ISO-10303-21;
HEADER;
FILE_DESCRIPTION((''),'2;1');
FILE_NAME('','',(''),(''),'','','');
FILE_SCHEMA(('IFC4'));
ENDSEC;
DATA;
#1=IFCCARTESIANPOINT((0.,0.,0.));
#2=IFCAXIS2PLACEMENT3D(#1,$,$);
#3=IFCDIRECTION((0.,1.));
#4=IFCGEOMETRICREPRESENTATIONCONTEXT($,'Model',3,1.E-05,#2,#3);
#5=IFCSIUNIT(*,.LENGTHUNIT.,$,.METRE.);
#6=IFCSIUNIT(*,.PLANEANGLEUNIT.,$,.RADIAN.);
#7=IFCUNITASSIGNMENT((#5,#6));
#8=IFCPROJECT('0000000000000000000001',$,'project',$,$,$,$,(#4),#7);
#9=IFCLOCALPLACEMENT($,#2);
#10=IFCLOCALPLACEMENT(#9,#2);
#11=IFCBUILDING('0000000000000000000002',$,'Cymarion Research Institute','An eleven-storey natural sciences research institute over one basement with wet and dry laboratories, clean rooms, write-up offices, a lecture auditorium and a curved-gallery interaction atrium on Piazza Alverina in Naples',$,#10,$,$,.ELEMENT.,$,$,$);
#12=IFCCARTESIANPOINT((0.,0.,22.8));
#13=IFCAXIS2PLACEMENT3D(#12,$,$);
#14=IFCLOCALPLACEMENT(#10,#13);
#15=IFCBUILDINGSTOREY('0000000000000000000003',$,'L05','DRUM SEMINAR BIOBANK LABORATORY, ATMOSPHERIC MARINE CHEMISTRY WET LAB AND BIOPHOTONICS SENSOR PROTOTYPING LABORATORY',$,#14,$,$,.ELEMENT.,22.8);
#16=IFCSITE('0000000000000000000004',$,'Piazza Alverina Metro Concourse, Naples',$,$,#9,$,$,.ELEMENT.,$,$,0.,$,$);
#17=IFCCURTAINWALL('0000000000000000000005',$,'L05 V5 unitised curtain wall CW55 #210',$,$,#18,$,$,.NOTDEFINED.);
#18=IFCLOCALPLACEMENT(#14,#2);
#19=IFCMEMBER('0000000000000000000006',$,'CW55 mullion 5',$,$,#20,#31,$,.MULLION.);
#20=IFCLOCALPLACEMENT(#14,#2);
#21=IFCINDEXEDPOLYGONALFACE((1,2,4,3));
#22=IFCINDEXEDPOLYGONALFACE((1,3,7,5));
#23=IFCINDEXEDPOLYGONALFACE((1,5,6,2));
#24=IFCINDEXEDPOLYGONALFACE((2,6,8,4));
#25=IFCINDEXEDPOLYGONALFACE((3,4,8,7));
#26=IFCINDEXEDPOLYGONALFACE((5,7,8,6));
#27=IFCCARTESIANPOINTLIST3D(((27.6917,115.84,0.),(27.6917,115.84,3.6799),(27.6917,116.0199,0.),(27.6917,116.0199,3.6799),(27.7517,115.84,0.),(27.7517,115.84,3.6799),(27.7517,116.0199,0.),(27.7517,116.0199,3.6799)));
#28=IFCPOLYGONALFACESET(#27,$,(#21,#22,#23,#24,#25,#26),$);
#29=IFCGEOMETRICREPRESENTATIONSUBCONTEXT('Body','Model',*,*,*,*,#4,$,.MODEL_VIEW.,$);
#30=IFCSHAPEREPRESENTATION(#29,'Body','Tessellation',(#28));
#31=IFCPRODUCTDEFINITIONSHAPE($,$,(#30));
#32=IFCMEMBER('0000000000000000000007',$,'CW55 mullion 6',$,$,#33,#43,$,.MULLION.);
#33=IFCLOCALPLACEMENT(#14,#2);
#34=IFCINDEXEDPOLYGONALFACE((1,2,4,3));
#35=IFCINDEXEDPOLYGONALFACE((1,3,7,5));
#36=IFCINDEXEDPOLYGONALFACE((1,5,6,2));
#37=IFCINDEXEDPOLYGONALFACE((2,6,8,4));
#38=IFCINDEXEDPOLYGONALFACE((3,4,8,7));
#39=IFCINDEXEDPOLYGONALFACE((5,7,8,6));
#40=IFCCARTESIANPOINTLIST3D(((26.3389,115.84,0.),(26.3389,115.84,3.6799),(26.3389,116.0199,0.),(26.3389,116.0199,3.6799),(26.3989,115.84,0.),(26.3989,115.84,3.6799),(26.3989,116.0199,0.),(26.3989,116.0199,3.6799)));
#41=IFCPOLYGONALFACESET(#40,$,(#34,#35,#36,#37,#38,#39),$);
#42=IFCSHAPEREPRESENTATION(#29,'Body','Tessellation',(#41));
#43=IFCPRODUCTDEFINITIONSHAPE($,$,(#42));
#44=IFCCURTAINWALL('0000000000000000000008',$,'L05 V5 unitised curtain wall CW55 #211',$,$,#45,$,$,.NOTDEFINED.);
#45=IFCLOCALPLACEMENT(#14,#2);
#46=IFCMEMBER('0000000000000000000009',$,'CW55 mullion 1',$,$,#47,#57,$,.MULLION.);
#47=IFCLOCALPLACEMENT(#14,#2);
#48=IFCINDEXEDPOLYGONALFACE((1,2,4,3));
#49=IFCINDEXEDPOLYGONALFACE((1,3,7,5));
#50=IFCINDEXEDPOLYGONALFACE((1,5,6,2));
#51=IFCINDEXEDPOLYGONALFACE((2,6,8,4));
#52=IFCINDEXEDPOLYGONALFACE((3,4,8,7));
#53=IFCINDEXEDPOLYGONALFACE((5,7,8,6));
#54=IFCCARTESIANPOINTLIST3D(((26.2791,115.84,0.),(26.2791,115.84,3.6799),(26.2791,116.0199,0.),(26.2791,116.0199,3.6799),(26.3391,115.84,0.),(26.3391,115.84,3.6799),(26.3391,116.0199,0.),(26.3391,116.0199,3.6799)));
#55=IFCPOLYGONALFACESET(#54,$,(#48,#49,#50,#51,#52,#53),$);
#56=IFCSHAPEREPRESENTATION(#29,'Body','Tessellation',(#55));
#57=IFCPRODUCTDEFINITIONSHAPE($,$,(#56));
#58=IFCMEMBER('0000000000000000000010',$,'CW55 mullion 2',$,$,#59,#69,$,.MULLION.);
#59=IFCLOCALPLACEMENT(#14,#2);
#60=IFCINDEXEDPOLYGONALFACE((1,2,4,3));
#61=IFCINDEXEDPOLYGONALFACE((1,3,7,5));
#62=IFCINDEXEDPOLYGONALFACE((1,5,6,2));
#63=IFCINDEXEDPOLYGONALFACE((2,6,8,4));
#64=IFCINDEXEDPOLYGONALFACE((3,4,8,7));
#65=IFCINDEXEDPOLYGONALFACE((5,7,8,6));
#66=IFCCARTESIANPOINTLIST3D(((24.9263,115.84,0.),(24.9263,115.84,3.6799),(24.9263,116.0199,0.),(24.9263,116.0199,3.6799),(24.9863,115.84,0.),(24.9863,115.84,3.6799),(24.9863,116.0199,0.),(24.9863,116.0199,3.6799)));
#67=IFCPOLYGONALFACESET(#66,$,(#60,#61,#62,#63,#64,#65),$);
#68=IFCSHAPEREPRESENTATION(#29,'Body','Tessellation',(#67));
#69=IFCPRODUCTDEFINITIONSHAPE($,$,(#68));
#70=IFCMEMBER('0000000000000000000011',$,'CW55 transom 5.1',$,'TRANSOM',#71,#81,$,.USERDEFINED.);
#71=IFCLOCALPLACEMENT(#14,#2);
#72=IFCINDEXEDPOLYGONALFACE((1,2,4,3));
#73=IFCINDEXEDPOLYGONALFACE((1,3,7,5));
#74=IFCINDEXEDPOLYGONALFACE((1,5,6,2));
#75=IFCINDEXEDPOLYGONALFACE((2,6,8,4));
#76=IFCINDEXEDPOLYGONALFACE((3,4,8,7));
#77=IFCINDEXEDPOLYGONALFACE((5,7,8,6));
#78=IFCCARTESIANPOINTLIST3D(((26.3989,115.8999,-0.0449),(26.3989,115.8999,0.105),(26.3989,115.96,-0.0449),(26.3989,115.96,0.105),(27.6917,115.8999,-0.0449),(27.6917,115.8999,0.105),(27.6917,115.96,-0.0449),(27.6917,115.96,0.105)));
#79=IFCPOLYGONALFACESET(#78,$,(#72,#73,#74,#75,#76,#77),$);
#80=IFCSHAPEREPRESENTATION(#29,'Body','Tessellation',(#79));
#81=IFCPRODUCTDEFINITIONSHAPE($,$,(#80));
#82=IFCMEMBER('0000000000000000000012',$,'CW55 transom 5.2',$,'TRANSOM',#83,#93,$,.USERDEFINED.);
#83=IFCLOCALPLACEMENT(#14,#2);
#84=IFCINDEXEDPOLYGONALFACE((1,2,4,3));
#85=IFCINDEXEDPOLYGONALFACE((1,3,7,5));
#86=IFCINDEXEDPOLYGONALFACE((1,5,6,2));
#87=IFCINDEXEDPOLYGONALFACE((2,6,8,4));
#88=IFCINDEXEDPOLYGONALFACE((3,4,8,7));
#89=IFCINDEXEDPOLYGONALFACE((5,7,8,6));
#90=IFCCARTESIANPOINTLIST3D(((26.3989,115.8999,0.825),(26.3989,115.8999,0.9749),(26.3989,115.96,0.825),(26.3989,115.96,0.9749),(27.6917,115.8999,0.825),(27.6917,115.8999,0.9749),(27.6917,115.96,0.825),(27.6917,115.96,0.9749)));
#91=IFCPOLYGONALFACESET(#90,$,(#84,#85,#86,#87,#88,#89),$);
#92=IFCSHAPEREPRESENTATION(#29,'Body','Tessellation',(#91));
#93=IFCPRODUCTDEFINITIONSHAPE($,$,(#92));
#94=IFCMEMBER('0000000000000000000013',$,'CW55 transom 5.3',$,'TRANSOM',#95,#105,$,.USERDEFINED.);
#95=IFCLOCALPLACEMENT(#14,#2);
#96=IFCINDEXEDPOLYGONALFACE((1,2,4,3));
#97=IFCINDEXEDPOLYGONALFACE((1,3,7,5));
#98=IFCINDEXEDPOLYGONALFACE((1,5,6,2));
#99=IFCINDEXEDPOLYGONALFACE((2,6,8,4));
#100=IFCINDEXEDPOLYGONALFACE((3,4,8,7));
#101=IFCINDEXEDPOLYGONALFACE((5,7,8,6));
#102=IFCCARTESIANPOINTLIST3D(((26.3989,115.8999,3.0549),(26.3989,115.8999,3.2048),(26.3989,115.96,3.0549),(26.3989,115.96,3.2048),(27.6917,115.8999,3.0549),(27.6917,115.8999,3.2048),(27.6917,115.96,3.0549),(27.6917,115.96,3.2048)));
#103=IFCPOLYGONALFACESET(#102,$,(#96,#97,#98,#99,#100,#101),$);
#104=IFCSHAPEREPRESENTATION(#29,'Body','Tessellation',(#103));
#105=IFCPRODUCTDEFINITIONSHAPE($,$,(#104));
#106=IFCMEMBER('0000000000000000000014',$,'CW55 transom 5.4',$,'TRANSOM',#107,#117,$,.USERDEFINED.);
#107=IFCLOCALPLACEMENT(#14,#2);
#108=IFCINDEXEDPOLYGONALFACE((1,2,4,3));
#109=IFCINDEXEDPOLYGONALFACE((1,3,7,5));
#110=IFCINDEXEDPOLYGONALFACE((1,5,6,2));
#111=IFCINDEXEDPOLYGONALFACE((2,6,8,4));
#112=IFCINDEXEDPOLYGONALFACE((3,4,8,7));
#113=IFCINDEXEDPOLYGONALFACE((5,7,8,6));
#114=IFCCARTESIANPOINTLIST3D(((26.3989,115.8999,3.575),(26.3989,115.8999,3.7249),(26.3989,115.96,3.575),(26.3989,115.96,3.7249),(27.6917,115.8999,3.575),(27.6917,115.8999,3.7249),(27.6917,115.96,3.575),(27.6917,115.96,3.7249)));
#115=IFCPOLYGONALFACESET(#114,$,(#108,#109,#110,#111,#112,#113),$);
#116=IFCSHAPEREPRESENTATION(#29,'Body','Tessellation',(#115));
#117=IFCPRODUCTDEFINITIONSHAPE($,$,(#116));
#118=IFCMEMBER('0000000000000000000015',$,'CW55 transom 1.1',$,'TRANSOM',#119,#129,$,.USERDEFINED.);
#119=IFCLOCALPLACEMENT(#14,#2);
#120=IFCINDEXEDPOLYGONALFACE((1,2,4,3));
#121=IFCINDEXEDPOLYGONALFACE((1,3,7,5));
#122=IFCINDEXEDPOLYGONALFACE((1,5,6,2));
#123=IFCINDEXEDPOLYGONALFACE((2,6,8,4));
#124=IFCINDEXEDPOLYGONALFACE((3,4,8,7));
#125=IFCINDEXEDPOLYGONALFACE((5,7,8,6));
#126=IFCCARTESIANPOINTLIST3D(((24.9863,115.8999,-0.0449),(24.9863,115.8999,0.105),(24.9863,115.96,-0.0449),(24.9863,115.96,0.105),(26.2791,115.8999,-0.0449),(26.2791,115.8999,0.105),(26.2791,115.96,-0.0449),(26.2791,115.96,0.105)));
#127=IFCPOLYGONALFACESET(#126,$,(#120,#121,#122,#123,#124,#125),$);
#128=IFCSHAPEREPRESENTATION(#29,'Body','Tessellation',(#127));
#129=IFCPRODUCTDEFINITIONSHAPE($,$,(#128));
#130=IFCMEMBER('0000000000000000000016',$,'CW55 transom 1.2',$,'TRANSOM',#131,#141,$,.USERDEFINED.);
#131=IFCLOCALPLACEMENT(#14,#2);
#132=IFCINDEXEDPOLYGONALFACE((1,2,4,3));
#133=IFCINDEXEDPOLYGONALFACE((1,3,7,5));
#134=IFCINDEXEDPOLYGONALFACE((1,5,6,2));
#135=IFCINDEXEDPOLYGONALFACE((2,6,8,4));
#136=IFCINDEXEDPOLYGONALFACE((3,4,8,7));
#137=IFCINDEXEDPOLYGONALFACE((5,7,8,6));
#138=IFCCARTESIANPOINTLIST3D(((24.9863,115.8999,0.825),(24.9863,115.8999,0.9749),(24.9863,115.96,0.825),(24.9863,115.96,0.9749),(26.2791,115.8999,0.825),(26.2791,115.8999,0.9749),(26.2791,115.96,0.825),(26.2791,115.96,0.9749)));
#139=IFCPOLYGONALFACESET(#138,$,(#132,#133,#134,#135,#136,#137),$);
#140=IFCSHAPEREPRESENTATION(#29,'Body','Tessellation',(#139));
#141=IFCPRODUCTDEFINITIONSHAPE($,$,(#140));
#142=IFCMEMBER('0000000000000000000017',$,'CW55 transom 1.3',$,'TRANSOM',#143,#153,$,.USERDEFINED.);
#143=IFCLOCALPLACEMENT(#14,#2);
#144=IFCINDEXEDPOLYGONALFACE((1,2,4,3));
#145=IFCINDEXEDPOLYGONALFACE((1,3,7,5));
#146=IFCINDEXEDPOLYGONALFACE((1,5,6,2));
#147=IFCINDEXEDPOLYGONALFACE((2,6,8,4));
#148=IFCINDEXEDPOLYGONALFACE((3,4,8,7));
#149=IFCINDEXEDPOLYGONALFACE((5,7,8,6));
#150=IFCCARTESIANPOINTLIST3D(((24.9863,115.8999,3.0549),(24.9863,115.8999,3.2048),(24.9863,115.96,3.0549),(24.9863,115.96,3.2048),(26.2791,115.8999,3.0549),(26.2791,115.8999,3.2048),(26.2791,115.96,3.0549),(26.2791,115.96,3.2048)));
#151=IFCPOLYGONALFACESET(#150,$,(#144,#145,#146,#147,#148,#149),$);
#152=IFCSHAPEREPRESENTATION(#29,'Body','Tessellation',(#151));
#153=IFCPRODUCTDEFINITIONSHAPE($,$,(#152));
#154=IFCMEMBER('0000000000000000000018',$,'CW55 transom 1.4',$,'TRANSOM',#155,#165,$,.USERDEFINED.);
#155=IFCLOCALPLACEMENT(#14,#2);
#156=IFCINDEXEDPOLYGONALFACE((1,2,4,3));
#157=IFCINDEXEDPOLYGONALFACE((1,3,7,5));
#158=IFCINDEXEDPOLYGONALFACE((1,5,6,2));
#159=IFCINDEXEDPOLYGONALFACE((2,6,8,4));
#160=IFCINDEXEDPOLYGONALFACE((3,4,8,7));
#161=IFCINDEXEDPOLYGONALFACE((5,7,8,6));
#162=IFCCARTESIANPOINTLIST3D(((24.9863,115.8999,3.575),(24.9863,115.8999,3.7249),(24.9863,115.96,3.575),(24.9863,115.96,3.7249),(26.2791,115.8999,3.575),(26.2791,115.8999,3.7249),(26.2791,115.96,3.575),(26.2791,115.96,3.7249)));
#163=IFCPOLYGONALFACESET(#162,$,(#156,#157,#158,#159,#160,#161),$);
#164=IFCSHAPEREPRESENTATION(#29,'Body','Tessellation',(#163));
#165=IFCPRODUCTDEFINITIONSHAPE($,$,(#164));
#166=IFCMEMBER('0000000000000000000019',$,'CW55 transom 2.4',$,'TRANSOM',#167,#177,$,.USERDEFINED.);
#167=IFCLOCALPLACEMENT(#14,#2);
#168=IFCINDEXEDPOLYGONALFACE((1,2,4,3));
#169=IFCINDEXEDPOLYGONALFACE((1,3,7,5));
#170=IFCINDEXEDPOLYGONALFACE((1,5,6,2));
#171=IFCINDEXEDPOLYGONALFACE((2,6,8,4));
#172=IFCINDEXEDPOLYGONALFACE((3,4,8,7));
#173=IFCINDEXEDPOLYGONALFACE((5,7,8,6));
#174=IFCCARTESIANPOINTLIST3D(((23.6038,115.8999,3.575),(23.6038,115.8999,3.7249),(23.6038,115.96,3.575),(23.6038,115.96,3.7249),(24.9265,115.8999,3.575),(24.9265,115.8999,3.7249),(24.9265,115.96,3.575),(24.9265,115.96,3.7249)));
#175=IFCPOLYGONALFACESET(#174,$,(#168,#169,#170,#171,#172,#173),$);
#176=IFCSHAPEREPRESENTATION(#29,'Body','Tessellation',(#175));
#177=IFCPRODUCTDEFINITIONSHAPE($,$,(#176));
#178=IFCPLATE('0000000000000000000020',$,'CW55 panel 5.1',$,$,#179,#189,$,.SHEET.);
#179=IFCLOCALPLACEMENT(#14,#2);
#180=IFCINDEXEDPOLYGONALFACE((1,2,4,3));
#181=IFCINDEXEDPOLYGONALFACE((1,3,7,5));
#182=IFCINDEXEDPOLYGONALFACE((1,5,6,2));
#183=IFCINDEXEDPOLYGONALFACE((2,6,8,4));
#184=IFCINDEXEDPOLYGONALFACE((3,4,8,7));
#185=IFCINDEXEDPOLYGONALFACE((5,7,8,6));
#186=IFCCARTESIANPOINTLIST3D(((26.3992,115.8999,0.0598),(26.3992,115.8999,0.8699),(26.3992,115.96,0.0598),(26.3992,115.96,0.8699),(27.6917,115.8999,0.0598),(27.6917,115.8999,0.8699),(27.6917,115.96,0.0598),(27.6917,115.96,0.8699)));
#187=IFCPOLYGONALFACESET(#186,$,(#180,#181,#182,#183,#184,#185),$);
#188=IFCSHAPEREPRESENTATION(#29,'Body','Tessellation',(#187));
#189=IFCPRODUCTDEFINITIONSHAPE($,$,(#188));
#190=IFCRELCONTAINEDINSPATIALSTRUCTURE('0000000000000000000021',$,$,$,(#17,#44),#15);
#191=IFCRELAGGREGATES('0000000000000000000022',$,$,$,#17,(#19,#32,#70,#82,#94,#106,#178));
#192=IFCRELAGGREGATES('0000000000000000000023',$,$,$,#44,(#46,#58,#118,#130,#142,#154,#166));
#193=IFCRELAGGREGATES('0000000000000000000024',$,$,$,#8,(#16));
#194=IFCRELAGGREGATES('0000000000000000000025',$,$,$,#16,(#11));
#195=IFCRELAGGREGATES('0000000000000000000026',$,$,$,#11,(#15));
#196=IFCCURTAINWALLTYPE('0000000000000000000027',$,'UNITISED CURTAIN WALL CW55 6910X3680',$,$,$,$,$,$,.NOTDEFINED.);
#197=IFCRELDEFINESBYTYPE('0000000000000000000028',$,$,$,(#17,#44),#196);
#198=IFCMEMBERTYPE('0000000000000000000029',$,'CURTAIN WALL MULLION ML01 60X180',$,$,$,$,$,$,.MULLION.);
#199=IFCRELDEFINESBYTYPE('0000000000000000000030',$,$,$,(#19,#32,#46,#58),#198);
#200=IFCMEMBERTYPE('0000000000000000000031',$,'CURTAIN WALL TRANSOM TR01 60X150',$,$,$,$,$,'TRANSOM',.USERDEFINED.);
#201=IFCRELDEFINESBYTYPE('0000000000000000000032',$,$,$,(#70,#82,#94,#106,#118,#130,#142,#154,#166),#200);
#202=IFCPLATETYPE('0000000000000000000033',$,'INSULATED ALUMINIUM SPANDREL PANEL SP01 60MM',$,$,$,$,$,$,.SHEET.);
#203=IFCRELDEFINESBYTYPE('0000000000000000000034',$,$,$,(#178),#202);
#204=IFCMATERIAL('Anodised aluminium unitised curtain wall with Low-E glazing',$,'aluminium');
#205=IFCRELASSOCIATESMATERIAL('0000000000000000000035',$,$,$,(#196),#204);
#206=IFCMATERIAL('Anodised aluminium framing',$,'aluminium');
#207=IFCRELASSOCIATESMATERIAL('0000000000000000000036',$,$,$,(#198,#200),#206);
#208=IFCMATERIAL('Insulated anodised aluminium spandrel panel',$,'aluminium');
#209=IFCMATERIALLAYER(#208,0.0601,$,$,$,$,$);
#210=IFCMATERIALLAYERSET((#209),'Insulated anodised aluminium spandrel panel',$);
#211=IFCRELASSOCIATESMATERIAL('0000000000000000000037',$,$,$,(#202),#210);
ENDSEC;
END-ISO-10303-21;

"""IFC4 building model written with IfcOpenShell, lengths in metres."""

from ifc_helpers import new_model, si_unit, direction, frame, origin, origin_2d, place, context, subcontext, project, spatial, rectangle, extrude, material, layer, layer_set, material_profile, profile_set, type_object, element, aggregate, save


model = new_model("IFC4")

# Units and contexts
model_context = context("Model", 3, precision=1e-05, world=origin(), true_north=direction((0.0, 1.0)))
body_context = subcontext(model_context, "Body", "Model", "MODEL_VIEW")
ifc_project = project(units=[si_unit("LENGTHUNIT", "METRE"), si_unit("PLANEANGLEUNIT", "RADIAN")], contexts=[model_context])

# Site, building, storey
site_placement = place(None, origin())
site = spatial("IfcSite", under=ifc_project, at=site_placement, Name="Piazza Alverina Metro Concourse, Naples", CompositionType="ELEMENT", RefElevation=0.0)
building_placement = place(site_placement, origin())
building = spatial("IfcBuilding", under=site, at=building_placement, Name="Cymarion Research Institute", Description="An eleven-storey natural sciences research institute over one basement with wet and dry laboratories, clean rooms, write-up offices, a lecture auditorium and a curved-gallery interaction atrium on Piazza Alverina in Naples", CompositionType="ELEMENT")
storey_placement = place(building_placement, frame((0.0, 0.0, 22.8)))
storey = spatial("IfcBuildingStorey", under=building, at=storey_placement, Name="L05", Description="DRUM SEMINAR BIOBANK LABORATORY, ATMOSPHERIC MARINE CHEMISTRY WET LAB AND BIOPHOTONICS SENSOR PROTOTYPING LABORATORY", CompositionType="ELEMENT", Elevation=22.8)

# Curtain walls, members
ifc_material_1 = material(Name="Anodised aluminium unitised curtain wall with Low-E glazing", Category="aluminium")
curtain_wall_type = type_object("IfcCurtainWallType", Name="UNITISED CURTAIN WALL CW55 6910X3680", PredefinedType="NOTDEFINED", material=ifc_material_1)
curtain_wall_1_placement = place(storey_placement, origin())
curtain_wall_1 = element("IfcCurtainWall", 1, at=curtain_wall_1_placement, inside=storey, type_object=curtain_wall_type, Name="L05 V5 unitised curtain wall CW55 #210", PredefinedType="NOTDEFINED")
ifc_material_2 = material(Name="Anodised aluminium framing", Category="aluminium")
ifc_material_profile_1 = material_profile(ifc_material_2, rectangle(XDim=0.0601, YDim=0.1799, at=origin_2d()), Name="ALU MULLION 60x180")
ifc_profile_set_1 = profile_set([ifc_material_profile_1], Name="Anodised aluminium framing")
member_type_1 = type_object("IfcMemberType", Name="CURTAIN WALL MULLION ML01 60X180", PredefinedType="MULLION", material=ifc_profile_set_1)
member_1_placement = place(storey_placement, frame((27.7217, 115.9299, 0.0), z_axis=(0.0, 0.0, 1.0), x_axis=(-1.0, 0.0, 0.0)))
member_1 = element("IfcMember", 2, at=member_1_placement, type_object=member_type_1, Name="CW55 mullion 5", PredefinedType="MULLION", context=body_context, shape_type="SweptSolid", body=[
    extrude(rectangle(XDim=0.0601, YDim=0.1799, at=origin_2d()), origin(), (0.0, 0.0, 1.0), 3.6799),
])
member_2_placement = place(storey_placement, frame((26.3689, 115.9299, 0.0), z_axis=(0.0, 0.0, 1.0), x_axis=(-1.0, 0.0, 0.0)))
member_2 = element("IfcMember", 3, at=member_2_placement, type_object=member_type_1, Name="CW55 mullion 6", PredefinedType="MULLION", context=body_context, shape_type="SweptSolid", body=[
    extrude(rectangle(XDim=0.0601, YDim=0.1799, at=origin_2d()), origin(), (0.0, 0.0, 1.0), 3.6799),
])
curtain_wall_2_placement = place(storey_placement, origin())
curtain_wall_2 = element("IfcCurtainWall", 4, at=curtain_wall_2_placement, inside=storey, type_object=curtain_wall_type, Name="L05 V5 unitised curtain wall CW55 #211", PredefinedType="NOTDEFINED")
member_3_placement = place(storey_placement, frame((26.3091, 115.9299, 0.0), z_axis=(0.0, 0.0, 1.0), x_axis=(-1.0, 0.0, 0.0)))
member_3 = element("IfcMember", 5, at=member_3_placement, type_object=member_type_1, Name="CW55 mullion 1", PredefinedType="MULLION", context=body_context, shape_type="SweptSolid", body=[
    extrude(rectangle(XDim=0.0601, YDim=0.1799, at=origin_2d()), origin(), (0.0, 0.0, 1.0), 3.6799),
])
member_4_placement = place(storey_placement, frame((24.9563, 115.9299, 0.0), z_axis=(0.0, 0.0, 1.0), x_axis=(-1.0, 0.0, 0.0)))
member_4 = element("IfcMember", 6, at=member_4_placement, type_object=member_type_1, Name="CW55 mullion 2", PredefinedType="MULLION", context=body_context, shape_type="SweptSolid", body=[
    extrude(rectangle(XDim=0.0601, YDim=0.1799, at=origin_2d()), origin(), (0.0, 0.0, 1.0), 3.6799),
])

# Members
ifc_material_profile_2 = material_profile(ifc_material_2, rectangle(XDim=0.0601, YDim=0.1499, at=origin_2d()), Name="ALU TRANSOM 60x150")
ifc_profile_set_2 = profile_set([ifc_material_profile_2], Name="Anodised aluminium framing")
member_type_2 = type_object("IfcMemberType", Name="CURTAIN WALL TRANSOM TR01 60X150", ElementType="TRANSOM", PredefinedType="USERDEFINED", material=ifc_profile_set_2)
member_5_placement = place(storey_placement, frame((27.6917, 115.9299, 0.03), z_axis=(-1.0, 0.0, 0.0), x_axis=(0.0, -1.0, 0.0)))
member_5 = element("IfcMember", 7, at=member_5_placement, type_object=member_type_2, Name="CW55 transom 5.1", ObjectType="TRANSOM", PredefinedType="USERDEFINED", context=body_context, shape_type="SweptSolid", body=[
    extrude(rectangle(XDim=0.0601, YDim=0.1499, at=origin_2d()), origin(), (0.0, 0.0, 1.0), 1.2927),
])
member_6_placement = place(storey_placement, frame((27.6917, 115.9299, 0.8999), z_axis=(-1.0, 0.0, 0.0), x_axis=(0.0, -1.0, 0.0)))
member_6 = element("IfcMember", 8, at=member_6_placement, type_object=member_type_2, Name="CW55 transom 5.2", ObjectType="TRANSOM", PredefinedType="USERDEFINED", context=body_context, shape_type="SweptSolid", body=[
    extrude(rectangle(XDim=0.0601, YDim=0.1499, at=origin_2d()), origin(), (0.0, 0.0, 1.0), 1.2927),
])
member_7_placement = place(storey_placement, frame((27.6917, 115.9299, 3.1299), z_axis=(-1.0, 0.0, 0.0), x_axis=(0.0, -1.0, 0.0)))
member_7 = element("IfcMember", 9, at=member_7_placement, type_object=member_type_2, Name="CW55 transom 5.3", ObjectType="TRANSOM", PredefinedType="USERDEFINED", context=body_context, shape_type="SweptSolid", body=[
    extrude(rectangle(XDim=0.0601, YDim=0.1499, at=origin_2d()), origin(), (0.0, 0.0, 1.0), 1.2927),
])
member_8_placement = place(storey_placement, frame((27.6917, 115.9299, 3.6499), z_axis=(-1.0, 0.0, 0.0), x_axis=(0.0, -1.0, 0.0)))
member_8 = element("IfcMember", 10, at=member_8_placement, type_object=member_type_2, Name="CW55 transom 5.4", ObjectType="TRANSOM", PredefinedType="USERDEFINED", context=body_context, shape_type="SweptSolid", body=[
    extrude(rectangle(XDim=0.0601, YDim=0.1499, at=origin_2d()), origin(), (0.0, 0.0, 1.0), 1.2927),
])
member_9_placement = place(storey_placement, frame((26.2791, 115.9299, 0.03), z_axis=(-1.0, 0.0, 0.0), x_axis=(0.0, -1.0, 0.0)))
member_9 = element("IfcMember", 11, at=member_9_placement, type_object=member_type_2, Name="CW55 transom 1.1", ObjectType="TRANSOM", PredefinedType="USERDEFINED", context=body_context, shape_type="SweptSolid", body=[
    extrude(rectangle(XDim=0.0601, YDim=0.1499, at=origin_2d()), origin(), (0.0, 0.0, 1.0), 1.2927),
])
member_10_placement = place(storey_placement, frame((26.2791, 115.9299, 0.8999), z_axis=(-1.0, 0.0, 0.0), x_axis=(0.0, -1.0, 0.0)))
member_10 = element("IfcMember", 12, at=member_10_placement, type_object=member_type_2, Name="CW55 transom 1.2", ObjectType="TRANSOM", PredefinedType="USERDEFINED", context=body_context, shape_type="SweptSolid", body=[
    extrude(rectangle(XDim=0.0601, YDim=0.1499, at=origin_2d()), origin(), (0.0, 0.0, 1.0), 1.2927),
])
member_11_placement = place(storey_placement, frame((26.2791, 115.9299, 3.1299), z_axis=(-1.0, 0.0, 0.0), x_axis=(0.0, -1.0, 0.0)))
member_11 = element("IfcMember", 13, at=member_11_placement, type_object=member_type_2, Name="CW55 transom 1.3", ObjectType="TRANSOM", PredefinedType="USERDEFINED", context=body_context, shape_type="SweptSolid", body=[
    extrude(rectangle(XDim=0.0601, YDim=0.1499, at=origin_2d()), origin(), (0.0, 0.0, 1.0), 1.2927),
])
member_12_placement = place(storey_placement, frame((26.2791, 115.9299, 3.6499), z_axis=(-1.0, 0.0, 0.0), x_axis=(0.0, -1.0, 0.0)))
member_12 = element("IfcMember", 14, at=member_12_placement, type_object=member_type_2, Name="CW55 transom 1.4", ObjectType="TRANSOM", PredefinedType="USERDEFINED", context=body_context, shape_type="SweptSolid", body=[
    extrude(rectangle(XDim=0.0601, YDim=0.1499, at=origin_2d()), origin(), (0.0, 0.0, 1.0), 1.2927),
])
member_13_placement = place(storey_placement, frame((24.9265, 115.9299, 3.6499), z_axis=(-1.0, 0.0, 0.0), x_axis=(0.0, -1.0, 0.0)))
member_13 = element("IfcMember", 15, at=member_13_placement, type_object=member_type_2, Name="CW55 transom 2.4", ObjectType="TRANSOM", PredefinedType="USERDEFINED", context=body_context, shape_type="SweptSolid", body=[
    extrude(rectangle(XDim=0.0601, YDim=0.1499, at=origin_2d()), origin(), (0.0, 0.0, 1.0), 1.3228),
])

# Plate
ifc_material_3 = material(Name="Insulated anodised aluminium spandrel panel", Category="aluminium")
ifc_layer_1 = layer(ifc_material_3, 0.0601)
ifc_layer_set_1 = layer_set([ifc_layer_1], Name="Insulated anodised aluminium spandrel panel")
plate_type_1 = type_object("IfcPlateType", Name="INSULATED ALUMINIUM SPANDREL PANEL SP01 60MM", PredefinedType="SHEET", material=ifc_layer_set_1)
plate_1_placement = place(storey_placement, frame((27.0454, 115.9299, 0.0598), z_axis=(0.0, 0.0, 1.0), x_axis=(-1.0, 0.0, 0.0)))
plate_1 = element("IfcPlate", 16, at=plate_1_placement, type_object=plate_type_1, Name="CW55 panel 5.1", PredefinedType="SHEET", context=body_context, shape_type="SweptSolid", body=[
    extrude(rectangle(XDim=1.2925, YDim=0.0601, at=origin_2d()), origin(), (0.0, 0.0, 1.0), 0.8101),
])
aggregate(curtain_wall_1, [member_1, member_2, member_5, member_6, member_7, member_8, plate_1])
aggregate(curtain_wall_2, [member_3, member_4, member_9, member_10, member_11, member_12, member_13])

save(model, "model.ifc")
